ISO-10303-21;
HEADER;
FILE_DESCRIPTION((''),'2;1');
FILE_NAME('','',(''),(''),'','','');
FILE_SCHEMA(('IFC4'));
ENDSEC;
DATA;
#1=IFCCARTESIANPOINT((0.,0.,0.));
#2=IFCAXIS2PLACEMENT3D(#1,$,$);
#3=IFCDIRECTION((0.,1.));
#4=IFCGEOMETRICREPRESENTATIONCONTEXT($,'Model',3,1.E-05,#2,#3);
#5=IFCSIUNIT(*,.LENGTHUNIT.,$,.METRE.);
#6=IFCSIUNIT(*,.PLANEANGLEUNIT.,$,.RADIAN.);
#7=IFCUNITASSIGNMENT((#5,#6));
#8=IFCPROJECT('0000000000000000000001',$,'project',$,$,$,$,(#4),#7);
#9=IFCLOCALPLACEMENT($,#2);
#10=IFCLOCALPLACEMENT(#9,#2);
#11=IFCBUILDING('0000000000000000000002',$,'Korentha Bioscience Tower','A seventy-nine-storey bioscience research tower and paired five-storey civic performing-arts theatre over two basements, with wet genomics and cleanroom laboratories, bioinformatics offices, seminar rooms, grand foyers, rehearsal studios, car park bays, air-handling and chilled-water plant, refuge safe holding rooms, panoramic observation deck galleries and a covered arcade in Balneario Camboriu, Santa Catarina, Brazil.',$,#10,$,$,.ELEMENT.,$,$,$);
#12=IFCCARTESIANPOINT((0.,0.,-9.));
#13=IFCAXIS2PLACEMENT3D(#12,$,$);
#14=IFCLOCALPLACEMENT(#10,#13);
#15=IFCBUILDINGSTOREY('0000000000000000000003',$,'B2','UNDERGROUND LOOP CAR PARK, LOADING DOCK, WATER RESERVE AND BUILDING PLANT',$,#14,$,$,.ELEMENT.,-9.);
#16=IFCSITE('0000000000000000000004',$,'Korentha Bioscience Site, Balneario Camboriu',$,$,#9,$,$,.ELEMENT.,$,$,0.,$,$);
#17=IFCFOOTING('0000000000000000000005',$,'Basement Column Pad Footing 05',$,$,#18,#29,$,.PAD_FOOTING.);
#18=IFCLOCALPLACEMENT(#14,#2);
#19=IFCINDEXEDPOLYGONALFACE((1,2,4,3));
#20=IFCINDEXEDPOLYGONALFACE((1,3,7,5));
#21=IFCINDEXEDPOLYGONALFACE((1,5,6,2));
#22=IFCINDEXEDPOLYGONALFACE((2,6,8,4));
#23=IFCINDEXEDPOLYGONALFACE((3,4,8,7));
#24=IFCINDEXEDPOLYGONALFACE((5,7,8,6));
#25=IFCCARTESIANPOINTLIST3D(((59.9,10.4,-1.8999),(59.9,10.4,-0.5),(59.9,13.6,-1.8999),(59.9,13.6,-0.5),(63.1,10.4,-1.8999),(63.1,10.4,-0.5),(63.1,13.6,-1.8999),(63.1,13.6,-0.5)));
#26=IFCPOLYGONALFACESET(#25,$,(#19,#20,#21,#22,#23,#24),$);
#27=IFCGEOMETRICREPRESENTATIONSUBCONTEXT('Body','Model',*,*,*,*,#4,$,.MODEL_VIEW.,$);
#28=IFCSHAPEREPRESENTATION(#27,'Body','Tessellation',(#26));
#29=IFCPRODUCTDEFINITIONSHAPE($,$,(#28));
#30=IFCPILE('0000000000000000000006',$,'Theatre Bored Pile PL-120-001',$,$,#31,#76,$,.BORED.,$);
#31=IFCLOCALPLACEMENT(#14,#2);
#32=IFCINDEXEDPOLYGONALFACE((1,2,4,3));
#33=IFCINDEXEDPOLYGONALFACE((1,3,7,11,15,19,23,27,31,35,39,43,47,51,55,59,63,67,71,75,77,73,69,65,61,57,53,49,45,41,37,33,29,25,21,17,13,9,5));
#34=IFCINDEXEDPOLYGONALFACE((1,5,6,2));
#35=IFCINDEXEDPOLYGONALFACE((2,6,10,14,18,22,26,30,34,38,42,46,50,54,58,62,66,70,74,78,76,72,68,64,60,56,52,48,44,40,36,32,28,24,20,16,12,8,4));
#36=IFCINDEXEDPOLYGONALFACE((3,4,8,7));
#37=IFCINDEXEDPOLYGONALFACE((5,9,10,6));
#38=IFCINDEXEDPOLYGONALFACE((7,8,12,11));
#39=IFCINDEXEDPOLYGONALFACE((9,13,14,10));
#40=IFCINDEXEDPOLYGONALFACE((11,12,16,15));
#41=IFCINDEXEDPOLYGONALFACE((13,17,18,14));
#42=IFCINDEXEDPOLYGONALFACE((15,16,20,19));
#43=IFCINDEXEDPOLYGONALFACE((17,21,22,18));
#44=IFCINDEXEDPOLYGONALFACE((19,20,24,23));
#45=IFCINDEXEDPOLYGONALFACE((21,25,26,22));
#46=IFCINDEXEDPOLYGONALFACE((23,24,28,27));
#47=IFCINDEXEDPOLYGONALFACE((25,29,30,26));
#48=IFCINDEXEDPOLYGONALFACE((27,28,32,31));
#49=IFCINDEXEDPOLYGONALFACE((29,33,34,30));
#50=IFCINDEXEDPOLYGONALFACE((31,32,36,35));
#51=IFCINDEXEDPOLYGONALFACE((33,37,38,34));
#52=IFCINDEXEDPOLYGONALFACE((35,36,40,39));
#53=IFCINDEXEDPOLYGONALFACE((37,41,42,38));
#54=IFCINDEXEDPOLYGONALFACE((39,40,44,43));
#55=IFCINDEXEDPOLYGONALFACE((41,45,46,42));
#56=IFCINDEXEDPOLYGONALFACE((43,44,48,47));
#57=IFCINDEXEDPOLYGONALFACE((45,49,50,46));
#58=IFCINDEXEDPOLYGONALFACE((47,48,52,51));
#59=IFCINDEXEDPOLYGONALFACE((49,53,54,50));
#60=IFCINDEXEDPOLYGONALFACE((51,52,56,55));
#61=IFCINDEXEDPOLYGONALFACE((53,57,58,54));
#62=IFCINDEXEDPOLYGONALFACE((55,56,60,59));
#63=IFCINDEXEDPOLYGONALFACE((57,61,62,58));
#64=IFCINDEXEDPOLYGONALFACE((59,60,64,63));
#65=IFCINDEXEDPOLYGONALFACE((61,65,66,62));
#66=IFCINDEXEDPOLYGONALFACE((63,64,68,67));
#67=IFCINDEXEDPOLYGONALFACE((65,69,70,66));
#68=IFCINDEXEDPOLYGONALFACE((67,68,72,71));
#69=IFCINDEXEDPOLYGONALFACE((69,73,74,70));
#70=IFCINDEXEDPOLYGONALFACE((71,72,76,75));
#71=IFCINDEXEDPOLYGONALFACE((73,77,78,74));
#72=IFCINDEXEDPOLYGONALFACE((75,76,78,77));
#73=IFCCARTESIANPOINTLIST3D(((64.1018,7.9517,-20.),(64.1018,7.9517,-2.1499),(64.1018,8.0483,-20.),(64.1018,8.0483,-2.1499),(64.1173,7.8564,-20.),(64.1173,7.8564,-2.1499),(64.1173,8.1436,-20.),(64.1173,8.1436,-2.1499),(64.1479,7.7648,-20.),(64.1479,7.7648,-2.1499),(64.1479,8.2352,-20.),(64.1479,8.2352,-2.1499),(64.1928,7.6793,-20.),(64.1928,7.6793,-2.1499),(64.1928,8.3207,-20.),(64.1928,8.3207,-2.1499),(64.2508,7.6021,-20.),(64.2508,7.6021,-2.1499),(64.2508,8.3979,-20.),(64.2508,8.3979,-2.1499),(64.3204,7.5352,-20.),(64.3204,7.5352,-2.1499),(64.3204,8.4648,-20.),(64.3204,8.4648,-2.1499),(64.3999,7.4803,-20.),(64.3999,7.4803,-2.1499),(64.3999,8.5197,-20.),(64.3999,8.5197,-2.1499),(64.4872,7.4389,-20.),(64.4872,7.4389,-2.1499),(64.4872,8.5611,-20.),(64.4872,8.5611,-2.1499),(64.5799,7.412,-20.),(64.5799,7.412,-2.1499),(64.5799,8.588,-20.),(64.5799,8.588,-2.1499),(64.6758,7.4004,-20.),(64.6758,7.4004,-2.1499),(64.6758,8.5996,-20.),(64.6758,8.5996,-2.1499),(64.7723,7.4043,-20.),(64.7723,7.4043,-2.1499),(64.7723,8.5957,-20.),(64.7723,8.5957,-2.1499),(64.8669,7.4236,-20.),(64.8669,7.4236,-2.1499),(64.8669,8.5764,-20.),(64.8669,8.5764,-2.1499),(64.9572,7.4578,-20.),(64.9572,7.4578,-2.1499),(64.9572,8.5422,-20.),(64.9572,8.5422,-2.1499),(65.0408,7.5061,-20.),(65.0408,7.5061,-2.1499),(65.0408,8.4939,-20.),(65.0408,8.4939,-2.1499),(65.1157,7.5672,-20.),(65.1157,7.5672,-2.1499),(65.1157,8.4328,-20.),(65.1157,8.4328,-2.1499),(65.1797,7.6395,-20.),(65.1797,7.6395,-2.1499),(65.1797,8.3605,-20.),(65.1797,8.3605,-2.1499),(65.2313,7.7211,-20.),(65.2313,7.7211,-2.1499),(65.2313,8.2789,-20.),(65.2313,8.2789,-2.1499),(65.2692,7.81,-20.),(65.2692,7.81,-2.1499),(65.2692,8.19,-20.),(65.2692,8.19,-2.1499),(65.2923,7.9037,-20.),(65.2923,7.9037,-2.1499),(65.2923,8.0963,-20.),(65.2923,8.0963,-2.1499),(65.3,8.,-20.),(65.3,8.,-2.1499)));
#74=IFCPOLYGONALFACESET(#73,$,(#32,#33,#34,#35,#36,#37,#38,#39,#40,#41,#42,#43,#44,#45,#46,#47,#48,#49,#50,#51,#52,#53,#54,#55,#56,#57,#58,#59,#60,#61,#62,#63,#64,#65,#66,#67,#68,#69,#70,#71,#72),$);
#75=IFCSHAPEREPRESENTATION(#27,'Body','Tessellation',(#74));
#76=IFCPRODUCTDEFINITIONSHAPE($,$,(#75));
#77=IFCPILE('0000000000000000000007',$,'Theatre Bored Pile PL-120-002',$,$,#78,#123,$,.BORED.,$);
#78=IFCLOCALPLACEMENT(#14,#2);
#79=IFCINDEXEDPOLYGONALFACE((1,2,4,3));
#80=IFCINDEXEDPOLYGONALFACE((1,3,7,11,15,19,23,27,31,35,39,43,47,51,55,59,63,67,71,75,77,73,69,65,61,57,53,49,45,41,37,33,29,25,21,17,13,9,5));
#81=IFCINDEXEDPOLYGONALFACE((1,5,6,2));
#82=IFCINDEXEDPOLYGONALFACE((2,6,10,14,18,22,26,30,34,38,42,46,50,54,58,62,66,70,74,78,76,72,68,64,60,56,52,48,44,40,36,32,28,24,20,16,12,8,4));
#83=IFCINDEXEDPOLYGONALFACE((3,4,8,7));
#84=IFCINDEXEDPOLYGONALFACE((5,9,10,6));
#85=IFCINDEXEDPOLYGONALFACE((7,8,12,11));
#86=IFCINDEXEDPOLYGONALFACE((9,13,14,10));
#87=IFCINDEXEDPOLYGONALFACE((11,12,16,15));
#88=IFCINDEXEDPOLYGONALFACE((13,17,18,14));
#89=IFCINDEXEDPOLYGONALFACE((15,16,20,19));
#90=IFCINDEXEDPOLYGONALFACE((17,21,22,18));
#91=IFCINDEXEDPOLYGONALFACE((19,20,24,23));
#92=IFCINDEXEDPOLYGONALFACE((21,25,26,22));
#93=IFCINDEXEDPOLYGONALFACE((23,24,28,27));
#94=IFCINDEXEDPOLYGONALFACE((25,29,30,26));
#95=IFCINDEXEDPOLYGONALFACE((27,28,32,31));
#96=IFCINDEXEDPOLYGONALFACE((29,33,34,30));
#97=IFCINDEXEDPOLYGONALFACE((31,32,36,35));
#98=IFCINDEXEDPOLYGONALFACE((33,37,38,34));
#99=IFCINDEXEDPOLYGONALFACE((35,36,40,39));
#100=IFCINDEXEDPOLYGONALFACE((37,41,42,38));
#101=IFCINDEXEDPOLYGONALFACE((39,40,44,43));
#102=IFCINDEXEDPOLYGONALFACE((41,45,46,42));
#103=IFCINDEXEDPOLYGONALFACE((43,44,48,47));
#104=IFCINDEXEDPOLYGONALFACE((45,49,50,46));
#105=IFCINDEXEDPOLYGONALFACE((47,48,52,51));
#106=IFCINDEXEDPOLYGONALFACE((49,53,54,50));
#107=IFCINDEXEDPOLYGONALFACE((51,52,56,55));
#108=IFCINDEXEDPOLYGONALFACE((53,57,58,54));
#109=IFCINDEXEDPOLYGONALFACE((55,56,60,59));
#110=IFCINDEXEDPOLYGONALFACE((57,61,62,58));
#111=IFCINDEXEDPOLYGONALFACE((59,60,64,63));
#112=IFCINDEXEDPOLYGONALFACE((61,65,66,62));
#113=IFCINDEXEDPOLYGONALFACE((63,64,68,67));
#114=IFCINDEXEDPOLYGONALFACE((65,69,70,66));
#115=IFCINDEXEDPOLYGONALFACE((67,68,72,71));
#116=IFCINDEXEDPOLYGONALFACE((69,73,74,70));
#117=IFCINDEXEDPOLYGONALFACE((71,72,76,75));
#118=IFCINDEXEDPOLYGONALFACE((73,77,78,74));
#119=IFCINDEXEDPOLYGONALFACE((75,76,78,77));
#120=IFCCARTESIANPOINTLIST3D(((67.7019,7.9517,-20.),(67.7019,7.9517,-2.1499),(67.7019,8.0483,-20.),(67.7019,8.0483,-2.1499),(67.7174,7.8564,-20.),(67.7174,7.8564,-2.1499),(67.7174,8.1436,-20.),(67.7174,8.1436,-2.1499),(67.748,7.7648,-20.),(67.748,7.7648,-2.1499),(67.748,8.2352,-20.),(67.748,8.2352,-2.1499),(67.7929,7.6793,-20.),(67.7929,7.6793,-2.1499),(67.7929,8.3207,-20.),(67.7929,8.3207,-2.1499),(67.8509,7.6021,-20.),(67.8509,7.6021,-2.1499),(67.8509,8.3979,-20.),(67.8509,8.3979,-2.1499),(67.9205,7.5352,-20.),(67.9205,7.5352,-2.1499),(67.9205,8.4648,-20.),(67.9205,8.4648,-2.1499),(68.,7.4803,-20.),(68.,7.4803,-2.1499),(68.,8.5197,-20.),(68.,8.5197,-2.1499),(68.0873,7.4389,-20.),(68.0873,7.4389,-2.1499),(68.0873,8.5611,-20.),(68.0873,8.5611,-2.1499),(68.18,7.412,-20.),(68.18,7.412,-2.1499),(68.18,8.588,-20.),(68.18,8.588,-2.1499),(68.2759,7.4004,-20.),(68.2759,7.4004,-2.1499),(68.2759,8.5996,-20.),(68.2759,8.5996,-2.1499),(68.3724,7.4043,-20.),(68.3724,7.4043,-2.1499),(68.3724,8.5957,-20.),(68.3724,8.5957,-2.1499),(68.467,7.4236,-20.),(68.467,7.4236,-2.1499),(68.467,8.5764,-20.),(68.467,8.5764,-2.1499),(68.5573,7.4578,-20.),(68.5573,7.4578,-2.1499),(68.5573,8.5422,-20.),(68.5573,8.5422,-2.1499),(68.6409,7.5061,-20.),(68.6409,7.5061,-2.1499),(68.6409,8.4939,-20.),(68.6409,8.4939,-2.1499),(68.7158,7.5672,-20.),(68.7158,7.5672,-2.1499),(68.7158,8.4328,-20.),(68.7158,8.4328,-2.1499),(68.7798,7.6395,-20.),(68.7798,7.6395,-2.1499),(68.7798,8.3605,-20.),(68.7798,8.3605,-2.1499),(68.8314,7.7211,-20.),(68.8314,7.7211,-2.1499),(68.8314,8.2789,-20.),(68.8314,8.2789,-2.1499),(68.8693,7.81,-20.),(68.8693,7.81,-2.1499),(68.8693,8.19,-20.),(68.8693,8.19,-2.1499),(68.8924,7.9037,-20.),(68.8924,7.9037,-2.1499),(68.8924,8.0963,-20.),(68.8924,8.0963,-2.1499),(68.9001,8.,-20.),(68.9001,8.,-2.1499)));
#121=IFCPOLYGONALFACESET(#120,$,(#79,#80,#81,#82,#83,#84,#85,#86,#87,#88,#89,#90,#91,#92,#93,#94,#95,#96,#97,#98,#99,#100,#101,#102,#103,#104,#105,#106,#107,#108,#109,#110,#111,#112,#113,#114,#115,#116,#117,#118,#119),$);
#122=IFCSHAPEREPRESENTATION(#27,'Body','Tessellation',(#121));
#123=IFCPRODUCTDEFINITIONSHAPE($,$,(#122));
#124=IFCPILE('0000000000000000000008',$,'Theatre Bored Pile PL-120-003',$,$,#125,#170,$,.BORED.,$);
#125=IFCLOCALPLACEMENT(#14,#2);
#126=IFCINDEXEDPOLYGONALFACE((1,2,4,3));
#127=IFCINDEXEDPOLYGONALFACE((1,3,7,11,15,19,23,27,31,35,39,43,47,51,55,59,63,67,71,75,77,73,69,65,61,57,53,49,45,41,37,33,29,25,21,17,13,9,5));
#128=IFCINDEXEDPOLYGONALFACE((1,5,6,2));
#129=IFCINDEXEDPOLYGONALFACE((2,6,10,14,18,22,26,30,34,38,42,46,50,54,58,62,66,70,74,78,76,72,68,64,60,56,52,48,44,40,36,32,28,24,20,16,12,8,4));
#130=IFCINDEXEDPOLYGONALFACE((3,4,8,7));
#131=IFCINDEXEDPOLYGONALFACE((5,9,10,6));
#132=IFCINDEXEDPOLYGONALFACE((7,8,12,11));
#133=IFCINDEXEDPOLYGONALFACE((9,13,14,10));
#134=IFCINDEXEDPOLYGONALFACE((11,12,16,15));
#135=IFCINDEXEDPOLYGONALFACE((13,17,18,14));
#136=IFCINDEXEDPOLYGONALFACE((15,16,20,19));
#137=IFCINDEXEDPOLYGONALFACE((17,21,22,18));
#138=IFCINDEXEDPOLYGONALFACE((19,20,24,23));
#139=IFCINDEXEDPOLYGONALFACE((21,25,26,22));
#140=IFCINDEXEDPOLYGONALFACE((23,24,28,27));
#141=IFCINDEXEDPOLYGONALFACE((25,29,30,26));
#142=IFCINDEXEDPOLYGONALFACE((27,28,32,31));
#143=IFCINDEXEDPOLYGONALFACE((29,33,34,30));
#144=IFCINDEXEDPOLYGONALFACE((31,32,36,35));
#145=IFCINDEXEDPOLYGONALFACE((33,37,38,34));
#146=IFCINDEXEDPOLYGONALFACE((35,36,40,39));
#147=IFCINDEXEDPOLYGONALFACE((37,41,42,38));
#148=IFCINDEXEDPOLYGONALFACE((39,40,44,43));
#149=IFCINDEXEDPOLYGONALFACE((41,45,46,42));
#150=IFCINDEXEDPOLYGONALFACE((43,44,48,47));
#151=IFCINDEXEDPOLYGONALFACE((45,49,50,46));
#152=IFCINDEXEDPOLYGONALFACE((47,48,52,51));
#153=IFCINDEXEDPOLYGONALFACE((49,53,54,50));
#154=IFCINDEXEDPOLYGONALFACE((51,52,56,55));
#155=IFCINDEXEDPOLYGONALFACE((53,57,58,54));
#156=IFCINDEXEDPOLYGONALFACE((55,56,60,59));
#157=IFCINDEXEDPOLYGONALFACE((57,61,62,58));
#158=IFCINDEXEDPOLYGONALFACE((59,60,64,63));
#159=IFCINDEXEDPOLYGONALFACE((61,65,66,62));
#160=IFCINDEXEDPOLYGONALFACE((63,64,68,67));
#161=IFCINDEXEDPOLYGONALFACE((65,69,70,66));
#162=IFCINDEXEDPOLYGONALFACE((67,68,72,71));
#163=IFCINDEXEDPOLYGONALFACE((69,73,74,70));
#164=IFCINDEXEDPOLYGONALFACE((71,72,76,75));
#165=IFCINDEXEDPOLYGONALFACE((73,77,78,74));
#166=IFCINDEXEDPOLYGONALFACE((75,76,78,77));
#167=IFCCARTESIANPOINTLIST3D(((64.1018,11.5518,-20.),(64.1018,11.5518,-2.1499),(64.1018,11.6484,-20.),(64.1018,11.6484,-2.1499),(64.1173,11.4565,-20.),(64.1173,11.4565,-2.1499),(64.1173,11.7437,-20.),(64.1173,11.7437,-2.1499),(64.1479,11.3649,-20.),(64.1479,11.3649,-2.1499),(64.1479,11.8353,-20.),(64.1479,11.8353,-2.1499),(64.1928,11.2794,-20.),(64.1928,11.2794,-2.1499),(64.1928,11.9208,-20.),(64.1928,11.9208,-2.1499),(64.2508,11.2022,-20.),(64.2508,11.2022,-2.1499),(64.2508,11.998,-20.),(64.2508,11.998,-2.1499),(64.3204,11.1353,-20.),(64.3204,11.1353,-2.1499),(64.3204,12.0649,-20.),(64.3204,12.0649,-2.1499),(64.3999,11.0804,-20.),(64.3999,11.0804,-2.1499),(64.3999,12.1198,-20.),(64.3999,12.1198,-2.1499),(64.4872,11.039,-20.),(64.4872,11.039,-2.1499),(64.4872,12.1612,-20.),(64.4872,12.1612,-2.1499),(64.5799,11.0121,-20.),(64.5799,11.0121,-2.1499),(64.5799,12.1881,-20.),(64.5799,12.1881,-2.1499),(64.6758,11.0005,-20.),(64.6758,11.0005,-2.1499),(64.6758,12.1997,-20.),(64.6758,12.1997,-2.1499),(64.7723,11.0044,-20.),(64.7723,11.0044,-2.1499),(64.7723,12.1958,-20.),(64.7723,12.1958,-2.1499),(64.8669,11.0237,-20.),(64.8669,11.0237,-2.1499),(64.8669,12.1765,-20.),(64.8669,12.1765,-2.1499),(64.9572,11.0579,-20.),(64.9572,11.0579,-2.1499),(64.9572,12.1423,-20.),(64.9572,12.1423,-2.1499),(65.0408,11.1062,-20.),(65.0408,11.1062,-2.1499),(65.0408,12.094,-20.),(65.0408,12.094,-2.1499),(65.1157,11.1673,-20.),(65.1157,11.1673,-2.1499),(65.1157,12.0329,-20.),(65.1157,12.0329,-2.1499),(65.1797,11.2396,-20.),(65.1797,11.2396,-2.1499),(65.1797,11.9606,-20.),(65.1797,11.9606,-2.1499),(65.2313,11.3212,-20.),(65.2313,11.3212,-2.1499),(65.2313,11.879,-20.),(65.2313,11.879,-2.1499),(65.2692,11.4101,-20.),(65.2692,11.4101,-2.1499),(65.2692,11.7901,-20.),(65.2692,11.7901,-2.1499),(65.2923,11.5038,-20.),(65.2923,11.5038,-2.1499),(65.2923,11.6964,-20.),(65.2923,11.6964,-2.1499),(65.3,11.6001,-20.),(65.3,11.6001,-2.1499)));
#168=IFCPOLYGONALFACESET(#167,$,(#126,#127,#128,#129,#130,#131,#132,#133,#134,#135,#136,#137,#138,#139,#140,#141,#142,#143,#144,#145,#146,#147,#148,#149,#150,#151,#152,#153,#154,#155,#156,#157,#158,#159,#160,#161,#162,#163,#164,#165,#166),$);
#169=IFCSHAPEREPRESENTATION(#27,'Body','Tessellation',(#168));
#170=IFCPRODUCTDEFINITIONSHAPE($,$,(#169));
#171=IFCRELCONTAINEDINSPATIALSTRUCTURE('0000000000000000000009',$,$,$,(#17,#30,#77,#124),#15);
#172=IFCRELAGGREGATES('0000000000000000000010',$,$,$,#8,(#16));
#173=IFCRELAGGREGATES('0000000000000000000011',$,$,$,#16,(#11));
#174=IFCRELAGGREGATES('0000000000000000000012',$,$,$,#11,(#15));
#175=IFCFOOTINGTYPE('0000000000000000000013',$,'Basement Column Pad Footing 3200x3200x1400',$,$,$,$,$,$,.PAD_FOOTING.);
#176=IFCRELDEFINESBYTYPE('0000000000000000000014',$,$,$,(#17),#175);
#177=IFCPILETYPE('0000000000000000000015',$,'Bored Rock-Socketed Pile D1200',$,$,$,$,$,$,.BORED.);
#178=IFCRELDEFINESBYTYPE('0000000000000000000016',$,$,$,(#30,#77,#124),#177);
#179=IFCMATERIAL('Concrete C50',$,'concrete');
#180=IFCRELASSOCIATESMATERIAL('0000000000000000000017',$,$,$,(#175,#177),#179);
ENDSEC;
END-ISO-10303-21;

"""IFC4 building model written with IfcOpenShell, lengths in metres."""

from ifc_helpers import new_model, si_unit, direction, frame, origin, origin_2d, place, context, subcontext, project, spatial, rectangle, circle, extrude, material, material_profile, profile_set, type_object, element, save


model = new_model("IFC4")

# Units and contexts
model_context = context("Model", 3, precision=1e-05, world=origin(), true_north=direction((0.0, 1.0)))
body_context = subcontext(model_context, "Body", "Model", "MODEL_VIEW")
ifc_project = project(units=[si_unit("LENGTHUNIT", "METRE"), si_unit("PLANEANGLEUNIT", "RADIAN")], contexts=[model_context])

# Site, building, storey
site_placement = place(None, origin())
site = spatial("IfcSite", under=ifc_project, at=site_placement, Name="Korentha Bioscience Site, Balneario Camboriu", CompositionType="ELEMENT", RefElevation=0.0)
building_placement = place(site_placement, origin())
building = spatial("IfcBuilding", under=site, at=building_placement, Name="Korentha Bioscience Tower", Description="A seventy-nine-storey bioscience research tower and paired five-storey civic performing-arts theatre over two basements, with wet genomics and cleanroom laboratories, bioinformatics offices, seminar rooms, grand foyers, rehearsal studios, car park bays, air-handling and chilled-water plant, refuge safe holding rooms, panoramic observation deck galleries and a covered arcade in Balneario Camboriu, Santa Catarina, Brazil.", CompositionType="ELEMENT")
storey_placement = place(building_placement, frame((0.0, 0.0, -9.0)))
storey = spatial("IfcBuildingStorey", under=building, at=storey_placement, Name="B2", Description="UNDERGROUND LOOP CAR PARK, LOADING DOCK, WATER RESERVE AND BUILDING PLANT", CompositionType="ELEMENT", Elevation=-9.0)

# Footing
ifc_material_1 = material(Name="Concrete C50", Category="concrete")
footing_type_1 = type_object("IfcFootingType", Name="Basement Column Pad Footing 3200x3200x1400", PredefinedType="PAD_FOOTING", material=ifc_material_1)
footing_placement = place(storey_placement, frame((61.5, 12.0, -1.8999), z_axis=(0.0, 0.0, 1.0), x_axis=(1.0, 0.0, 0.0)))
element("IfcFooting", 1, at=footing_placement, inside=storey, type_object=footing_type_1, Name="Basement Column Pad Footing 05", PredefinedType="PAD_FOOTING", context=body_context, shape_type="SweptSolid", body=[
    extrude(rectangle(XDim=3.2, YDim=3.2, at=origin_2d()), origin(), (0.0, 0.0, 1.0), 1.3999),
])

# Piles
ifc_material_profile_1 = material_profile(ifc_material_1, circle(Radius=0.6001, at=origin_2d()), Name="Concrete C50")
ifc_profile_set_1 = profile_set([ifc_material_profile_1], Name="Concrete C50 (PL-120)")
pile_type = type_object("IfcPileType", Name="Bored Rock-Socketed Pile D1200", PredefinedType="BORED", material=ifc_profile_set_1)
for number, where, z_axis, x_axis, name in (
    (2, (64.7, 8.0, -2.1499), (0.0, 0.0, -1.0), (1.0, 0.0, 0.0), "Theatre Bored Pile PL-120-001"),
    (3, (68.3, 8.0, -2.1499), (0.0, 0.0, -1.0), (1.0, 0.0, 0.0), "Theatre Bored Pile PL-120-002"),
    (4, (64.7, 11.6001, -2.1499), (0.0, 0.0, -1.0), (1.0, 0.0, 0.0), "Theatre Bored Pile PL-120-003"),
):
    element("IfcPile", number, at=place(storey_placement, frame(where, z_axis=z_axis, x_axis=x_axis)), inside=storey, type_object=pile_type, Name=name, PredefinedType="BORED", context=body_context, shape_type="SweptSolid", body=[
        extrude(circle(Radius=0.6001, at=origin_2d()), origin(), (0.0, 0.0, 1.0), 17.8501),
    ])

save(model, "model.ifc")
